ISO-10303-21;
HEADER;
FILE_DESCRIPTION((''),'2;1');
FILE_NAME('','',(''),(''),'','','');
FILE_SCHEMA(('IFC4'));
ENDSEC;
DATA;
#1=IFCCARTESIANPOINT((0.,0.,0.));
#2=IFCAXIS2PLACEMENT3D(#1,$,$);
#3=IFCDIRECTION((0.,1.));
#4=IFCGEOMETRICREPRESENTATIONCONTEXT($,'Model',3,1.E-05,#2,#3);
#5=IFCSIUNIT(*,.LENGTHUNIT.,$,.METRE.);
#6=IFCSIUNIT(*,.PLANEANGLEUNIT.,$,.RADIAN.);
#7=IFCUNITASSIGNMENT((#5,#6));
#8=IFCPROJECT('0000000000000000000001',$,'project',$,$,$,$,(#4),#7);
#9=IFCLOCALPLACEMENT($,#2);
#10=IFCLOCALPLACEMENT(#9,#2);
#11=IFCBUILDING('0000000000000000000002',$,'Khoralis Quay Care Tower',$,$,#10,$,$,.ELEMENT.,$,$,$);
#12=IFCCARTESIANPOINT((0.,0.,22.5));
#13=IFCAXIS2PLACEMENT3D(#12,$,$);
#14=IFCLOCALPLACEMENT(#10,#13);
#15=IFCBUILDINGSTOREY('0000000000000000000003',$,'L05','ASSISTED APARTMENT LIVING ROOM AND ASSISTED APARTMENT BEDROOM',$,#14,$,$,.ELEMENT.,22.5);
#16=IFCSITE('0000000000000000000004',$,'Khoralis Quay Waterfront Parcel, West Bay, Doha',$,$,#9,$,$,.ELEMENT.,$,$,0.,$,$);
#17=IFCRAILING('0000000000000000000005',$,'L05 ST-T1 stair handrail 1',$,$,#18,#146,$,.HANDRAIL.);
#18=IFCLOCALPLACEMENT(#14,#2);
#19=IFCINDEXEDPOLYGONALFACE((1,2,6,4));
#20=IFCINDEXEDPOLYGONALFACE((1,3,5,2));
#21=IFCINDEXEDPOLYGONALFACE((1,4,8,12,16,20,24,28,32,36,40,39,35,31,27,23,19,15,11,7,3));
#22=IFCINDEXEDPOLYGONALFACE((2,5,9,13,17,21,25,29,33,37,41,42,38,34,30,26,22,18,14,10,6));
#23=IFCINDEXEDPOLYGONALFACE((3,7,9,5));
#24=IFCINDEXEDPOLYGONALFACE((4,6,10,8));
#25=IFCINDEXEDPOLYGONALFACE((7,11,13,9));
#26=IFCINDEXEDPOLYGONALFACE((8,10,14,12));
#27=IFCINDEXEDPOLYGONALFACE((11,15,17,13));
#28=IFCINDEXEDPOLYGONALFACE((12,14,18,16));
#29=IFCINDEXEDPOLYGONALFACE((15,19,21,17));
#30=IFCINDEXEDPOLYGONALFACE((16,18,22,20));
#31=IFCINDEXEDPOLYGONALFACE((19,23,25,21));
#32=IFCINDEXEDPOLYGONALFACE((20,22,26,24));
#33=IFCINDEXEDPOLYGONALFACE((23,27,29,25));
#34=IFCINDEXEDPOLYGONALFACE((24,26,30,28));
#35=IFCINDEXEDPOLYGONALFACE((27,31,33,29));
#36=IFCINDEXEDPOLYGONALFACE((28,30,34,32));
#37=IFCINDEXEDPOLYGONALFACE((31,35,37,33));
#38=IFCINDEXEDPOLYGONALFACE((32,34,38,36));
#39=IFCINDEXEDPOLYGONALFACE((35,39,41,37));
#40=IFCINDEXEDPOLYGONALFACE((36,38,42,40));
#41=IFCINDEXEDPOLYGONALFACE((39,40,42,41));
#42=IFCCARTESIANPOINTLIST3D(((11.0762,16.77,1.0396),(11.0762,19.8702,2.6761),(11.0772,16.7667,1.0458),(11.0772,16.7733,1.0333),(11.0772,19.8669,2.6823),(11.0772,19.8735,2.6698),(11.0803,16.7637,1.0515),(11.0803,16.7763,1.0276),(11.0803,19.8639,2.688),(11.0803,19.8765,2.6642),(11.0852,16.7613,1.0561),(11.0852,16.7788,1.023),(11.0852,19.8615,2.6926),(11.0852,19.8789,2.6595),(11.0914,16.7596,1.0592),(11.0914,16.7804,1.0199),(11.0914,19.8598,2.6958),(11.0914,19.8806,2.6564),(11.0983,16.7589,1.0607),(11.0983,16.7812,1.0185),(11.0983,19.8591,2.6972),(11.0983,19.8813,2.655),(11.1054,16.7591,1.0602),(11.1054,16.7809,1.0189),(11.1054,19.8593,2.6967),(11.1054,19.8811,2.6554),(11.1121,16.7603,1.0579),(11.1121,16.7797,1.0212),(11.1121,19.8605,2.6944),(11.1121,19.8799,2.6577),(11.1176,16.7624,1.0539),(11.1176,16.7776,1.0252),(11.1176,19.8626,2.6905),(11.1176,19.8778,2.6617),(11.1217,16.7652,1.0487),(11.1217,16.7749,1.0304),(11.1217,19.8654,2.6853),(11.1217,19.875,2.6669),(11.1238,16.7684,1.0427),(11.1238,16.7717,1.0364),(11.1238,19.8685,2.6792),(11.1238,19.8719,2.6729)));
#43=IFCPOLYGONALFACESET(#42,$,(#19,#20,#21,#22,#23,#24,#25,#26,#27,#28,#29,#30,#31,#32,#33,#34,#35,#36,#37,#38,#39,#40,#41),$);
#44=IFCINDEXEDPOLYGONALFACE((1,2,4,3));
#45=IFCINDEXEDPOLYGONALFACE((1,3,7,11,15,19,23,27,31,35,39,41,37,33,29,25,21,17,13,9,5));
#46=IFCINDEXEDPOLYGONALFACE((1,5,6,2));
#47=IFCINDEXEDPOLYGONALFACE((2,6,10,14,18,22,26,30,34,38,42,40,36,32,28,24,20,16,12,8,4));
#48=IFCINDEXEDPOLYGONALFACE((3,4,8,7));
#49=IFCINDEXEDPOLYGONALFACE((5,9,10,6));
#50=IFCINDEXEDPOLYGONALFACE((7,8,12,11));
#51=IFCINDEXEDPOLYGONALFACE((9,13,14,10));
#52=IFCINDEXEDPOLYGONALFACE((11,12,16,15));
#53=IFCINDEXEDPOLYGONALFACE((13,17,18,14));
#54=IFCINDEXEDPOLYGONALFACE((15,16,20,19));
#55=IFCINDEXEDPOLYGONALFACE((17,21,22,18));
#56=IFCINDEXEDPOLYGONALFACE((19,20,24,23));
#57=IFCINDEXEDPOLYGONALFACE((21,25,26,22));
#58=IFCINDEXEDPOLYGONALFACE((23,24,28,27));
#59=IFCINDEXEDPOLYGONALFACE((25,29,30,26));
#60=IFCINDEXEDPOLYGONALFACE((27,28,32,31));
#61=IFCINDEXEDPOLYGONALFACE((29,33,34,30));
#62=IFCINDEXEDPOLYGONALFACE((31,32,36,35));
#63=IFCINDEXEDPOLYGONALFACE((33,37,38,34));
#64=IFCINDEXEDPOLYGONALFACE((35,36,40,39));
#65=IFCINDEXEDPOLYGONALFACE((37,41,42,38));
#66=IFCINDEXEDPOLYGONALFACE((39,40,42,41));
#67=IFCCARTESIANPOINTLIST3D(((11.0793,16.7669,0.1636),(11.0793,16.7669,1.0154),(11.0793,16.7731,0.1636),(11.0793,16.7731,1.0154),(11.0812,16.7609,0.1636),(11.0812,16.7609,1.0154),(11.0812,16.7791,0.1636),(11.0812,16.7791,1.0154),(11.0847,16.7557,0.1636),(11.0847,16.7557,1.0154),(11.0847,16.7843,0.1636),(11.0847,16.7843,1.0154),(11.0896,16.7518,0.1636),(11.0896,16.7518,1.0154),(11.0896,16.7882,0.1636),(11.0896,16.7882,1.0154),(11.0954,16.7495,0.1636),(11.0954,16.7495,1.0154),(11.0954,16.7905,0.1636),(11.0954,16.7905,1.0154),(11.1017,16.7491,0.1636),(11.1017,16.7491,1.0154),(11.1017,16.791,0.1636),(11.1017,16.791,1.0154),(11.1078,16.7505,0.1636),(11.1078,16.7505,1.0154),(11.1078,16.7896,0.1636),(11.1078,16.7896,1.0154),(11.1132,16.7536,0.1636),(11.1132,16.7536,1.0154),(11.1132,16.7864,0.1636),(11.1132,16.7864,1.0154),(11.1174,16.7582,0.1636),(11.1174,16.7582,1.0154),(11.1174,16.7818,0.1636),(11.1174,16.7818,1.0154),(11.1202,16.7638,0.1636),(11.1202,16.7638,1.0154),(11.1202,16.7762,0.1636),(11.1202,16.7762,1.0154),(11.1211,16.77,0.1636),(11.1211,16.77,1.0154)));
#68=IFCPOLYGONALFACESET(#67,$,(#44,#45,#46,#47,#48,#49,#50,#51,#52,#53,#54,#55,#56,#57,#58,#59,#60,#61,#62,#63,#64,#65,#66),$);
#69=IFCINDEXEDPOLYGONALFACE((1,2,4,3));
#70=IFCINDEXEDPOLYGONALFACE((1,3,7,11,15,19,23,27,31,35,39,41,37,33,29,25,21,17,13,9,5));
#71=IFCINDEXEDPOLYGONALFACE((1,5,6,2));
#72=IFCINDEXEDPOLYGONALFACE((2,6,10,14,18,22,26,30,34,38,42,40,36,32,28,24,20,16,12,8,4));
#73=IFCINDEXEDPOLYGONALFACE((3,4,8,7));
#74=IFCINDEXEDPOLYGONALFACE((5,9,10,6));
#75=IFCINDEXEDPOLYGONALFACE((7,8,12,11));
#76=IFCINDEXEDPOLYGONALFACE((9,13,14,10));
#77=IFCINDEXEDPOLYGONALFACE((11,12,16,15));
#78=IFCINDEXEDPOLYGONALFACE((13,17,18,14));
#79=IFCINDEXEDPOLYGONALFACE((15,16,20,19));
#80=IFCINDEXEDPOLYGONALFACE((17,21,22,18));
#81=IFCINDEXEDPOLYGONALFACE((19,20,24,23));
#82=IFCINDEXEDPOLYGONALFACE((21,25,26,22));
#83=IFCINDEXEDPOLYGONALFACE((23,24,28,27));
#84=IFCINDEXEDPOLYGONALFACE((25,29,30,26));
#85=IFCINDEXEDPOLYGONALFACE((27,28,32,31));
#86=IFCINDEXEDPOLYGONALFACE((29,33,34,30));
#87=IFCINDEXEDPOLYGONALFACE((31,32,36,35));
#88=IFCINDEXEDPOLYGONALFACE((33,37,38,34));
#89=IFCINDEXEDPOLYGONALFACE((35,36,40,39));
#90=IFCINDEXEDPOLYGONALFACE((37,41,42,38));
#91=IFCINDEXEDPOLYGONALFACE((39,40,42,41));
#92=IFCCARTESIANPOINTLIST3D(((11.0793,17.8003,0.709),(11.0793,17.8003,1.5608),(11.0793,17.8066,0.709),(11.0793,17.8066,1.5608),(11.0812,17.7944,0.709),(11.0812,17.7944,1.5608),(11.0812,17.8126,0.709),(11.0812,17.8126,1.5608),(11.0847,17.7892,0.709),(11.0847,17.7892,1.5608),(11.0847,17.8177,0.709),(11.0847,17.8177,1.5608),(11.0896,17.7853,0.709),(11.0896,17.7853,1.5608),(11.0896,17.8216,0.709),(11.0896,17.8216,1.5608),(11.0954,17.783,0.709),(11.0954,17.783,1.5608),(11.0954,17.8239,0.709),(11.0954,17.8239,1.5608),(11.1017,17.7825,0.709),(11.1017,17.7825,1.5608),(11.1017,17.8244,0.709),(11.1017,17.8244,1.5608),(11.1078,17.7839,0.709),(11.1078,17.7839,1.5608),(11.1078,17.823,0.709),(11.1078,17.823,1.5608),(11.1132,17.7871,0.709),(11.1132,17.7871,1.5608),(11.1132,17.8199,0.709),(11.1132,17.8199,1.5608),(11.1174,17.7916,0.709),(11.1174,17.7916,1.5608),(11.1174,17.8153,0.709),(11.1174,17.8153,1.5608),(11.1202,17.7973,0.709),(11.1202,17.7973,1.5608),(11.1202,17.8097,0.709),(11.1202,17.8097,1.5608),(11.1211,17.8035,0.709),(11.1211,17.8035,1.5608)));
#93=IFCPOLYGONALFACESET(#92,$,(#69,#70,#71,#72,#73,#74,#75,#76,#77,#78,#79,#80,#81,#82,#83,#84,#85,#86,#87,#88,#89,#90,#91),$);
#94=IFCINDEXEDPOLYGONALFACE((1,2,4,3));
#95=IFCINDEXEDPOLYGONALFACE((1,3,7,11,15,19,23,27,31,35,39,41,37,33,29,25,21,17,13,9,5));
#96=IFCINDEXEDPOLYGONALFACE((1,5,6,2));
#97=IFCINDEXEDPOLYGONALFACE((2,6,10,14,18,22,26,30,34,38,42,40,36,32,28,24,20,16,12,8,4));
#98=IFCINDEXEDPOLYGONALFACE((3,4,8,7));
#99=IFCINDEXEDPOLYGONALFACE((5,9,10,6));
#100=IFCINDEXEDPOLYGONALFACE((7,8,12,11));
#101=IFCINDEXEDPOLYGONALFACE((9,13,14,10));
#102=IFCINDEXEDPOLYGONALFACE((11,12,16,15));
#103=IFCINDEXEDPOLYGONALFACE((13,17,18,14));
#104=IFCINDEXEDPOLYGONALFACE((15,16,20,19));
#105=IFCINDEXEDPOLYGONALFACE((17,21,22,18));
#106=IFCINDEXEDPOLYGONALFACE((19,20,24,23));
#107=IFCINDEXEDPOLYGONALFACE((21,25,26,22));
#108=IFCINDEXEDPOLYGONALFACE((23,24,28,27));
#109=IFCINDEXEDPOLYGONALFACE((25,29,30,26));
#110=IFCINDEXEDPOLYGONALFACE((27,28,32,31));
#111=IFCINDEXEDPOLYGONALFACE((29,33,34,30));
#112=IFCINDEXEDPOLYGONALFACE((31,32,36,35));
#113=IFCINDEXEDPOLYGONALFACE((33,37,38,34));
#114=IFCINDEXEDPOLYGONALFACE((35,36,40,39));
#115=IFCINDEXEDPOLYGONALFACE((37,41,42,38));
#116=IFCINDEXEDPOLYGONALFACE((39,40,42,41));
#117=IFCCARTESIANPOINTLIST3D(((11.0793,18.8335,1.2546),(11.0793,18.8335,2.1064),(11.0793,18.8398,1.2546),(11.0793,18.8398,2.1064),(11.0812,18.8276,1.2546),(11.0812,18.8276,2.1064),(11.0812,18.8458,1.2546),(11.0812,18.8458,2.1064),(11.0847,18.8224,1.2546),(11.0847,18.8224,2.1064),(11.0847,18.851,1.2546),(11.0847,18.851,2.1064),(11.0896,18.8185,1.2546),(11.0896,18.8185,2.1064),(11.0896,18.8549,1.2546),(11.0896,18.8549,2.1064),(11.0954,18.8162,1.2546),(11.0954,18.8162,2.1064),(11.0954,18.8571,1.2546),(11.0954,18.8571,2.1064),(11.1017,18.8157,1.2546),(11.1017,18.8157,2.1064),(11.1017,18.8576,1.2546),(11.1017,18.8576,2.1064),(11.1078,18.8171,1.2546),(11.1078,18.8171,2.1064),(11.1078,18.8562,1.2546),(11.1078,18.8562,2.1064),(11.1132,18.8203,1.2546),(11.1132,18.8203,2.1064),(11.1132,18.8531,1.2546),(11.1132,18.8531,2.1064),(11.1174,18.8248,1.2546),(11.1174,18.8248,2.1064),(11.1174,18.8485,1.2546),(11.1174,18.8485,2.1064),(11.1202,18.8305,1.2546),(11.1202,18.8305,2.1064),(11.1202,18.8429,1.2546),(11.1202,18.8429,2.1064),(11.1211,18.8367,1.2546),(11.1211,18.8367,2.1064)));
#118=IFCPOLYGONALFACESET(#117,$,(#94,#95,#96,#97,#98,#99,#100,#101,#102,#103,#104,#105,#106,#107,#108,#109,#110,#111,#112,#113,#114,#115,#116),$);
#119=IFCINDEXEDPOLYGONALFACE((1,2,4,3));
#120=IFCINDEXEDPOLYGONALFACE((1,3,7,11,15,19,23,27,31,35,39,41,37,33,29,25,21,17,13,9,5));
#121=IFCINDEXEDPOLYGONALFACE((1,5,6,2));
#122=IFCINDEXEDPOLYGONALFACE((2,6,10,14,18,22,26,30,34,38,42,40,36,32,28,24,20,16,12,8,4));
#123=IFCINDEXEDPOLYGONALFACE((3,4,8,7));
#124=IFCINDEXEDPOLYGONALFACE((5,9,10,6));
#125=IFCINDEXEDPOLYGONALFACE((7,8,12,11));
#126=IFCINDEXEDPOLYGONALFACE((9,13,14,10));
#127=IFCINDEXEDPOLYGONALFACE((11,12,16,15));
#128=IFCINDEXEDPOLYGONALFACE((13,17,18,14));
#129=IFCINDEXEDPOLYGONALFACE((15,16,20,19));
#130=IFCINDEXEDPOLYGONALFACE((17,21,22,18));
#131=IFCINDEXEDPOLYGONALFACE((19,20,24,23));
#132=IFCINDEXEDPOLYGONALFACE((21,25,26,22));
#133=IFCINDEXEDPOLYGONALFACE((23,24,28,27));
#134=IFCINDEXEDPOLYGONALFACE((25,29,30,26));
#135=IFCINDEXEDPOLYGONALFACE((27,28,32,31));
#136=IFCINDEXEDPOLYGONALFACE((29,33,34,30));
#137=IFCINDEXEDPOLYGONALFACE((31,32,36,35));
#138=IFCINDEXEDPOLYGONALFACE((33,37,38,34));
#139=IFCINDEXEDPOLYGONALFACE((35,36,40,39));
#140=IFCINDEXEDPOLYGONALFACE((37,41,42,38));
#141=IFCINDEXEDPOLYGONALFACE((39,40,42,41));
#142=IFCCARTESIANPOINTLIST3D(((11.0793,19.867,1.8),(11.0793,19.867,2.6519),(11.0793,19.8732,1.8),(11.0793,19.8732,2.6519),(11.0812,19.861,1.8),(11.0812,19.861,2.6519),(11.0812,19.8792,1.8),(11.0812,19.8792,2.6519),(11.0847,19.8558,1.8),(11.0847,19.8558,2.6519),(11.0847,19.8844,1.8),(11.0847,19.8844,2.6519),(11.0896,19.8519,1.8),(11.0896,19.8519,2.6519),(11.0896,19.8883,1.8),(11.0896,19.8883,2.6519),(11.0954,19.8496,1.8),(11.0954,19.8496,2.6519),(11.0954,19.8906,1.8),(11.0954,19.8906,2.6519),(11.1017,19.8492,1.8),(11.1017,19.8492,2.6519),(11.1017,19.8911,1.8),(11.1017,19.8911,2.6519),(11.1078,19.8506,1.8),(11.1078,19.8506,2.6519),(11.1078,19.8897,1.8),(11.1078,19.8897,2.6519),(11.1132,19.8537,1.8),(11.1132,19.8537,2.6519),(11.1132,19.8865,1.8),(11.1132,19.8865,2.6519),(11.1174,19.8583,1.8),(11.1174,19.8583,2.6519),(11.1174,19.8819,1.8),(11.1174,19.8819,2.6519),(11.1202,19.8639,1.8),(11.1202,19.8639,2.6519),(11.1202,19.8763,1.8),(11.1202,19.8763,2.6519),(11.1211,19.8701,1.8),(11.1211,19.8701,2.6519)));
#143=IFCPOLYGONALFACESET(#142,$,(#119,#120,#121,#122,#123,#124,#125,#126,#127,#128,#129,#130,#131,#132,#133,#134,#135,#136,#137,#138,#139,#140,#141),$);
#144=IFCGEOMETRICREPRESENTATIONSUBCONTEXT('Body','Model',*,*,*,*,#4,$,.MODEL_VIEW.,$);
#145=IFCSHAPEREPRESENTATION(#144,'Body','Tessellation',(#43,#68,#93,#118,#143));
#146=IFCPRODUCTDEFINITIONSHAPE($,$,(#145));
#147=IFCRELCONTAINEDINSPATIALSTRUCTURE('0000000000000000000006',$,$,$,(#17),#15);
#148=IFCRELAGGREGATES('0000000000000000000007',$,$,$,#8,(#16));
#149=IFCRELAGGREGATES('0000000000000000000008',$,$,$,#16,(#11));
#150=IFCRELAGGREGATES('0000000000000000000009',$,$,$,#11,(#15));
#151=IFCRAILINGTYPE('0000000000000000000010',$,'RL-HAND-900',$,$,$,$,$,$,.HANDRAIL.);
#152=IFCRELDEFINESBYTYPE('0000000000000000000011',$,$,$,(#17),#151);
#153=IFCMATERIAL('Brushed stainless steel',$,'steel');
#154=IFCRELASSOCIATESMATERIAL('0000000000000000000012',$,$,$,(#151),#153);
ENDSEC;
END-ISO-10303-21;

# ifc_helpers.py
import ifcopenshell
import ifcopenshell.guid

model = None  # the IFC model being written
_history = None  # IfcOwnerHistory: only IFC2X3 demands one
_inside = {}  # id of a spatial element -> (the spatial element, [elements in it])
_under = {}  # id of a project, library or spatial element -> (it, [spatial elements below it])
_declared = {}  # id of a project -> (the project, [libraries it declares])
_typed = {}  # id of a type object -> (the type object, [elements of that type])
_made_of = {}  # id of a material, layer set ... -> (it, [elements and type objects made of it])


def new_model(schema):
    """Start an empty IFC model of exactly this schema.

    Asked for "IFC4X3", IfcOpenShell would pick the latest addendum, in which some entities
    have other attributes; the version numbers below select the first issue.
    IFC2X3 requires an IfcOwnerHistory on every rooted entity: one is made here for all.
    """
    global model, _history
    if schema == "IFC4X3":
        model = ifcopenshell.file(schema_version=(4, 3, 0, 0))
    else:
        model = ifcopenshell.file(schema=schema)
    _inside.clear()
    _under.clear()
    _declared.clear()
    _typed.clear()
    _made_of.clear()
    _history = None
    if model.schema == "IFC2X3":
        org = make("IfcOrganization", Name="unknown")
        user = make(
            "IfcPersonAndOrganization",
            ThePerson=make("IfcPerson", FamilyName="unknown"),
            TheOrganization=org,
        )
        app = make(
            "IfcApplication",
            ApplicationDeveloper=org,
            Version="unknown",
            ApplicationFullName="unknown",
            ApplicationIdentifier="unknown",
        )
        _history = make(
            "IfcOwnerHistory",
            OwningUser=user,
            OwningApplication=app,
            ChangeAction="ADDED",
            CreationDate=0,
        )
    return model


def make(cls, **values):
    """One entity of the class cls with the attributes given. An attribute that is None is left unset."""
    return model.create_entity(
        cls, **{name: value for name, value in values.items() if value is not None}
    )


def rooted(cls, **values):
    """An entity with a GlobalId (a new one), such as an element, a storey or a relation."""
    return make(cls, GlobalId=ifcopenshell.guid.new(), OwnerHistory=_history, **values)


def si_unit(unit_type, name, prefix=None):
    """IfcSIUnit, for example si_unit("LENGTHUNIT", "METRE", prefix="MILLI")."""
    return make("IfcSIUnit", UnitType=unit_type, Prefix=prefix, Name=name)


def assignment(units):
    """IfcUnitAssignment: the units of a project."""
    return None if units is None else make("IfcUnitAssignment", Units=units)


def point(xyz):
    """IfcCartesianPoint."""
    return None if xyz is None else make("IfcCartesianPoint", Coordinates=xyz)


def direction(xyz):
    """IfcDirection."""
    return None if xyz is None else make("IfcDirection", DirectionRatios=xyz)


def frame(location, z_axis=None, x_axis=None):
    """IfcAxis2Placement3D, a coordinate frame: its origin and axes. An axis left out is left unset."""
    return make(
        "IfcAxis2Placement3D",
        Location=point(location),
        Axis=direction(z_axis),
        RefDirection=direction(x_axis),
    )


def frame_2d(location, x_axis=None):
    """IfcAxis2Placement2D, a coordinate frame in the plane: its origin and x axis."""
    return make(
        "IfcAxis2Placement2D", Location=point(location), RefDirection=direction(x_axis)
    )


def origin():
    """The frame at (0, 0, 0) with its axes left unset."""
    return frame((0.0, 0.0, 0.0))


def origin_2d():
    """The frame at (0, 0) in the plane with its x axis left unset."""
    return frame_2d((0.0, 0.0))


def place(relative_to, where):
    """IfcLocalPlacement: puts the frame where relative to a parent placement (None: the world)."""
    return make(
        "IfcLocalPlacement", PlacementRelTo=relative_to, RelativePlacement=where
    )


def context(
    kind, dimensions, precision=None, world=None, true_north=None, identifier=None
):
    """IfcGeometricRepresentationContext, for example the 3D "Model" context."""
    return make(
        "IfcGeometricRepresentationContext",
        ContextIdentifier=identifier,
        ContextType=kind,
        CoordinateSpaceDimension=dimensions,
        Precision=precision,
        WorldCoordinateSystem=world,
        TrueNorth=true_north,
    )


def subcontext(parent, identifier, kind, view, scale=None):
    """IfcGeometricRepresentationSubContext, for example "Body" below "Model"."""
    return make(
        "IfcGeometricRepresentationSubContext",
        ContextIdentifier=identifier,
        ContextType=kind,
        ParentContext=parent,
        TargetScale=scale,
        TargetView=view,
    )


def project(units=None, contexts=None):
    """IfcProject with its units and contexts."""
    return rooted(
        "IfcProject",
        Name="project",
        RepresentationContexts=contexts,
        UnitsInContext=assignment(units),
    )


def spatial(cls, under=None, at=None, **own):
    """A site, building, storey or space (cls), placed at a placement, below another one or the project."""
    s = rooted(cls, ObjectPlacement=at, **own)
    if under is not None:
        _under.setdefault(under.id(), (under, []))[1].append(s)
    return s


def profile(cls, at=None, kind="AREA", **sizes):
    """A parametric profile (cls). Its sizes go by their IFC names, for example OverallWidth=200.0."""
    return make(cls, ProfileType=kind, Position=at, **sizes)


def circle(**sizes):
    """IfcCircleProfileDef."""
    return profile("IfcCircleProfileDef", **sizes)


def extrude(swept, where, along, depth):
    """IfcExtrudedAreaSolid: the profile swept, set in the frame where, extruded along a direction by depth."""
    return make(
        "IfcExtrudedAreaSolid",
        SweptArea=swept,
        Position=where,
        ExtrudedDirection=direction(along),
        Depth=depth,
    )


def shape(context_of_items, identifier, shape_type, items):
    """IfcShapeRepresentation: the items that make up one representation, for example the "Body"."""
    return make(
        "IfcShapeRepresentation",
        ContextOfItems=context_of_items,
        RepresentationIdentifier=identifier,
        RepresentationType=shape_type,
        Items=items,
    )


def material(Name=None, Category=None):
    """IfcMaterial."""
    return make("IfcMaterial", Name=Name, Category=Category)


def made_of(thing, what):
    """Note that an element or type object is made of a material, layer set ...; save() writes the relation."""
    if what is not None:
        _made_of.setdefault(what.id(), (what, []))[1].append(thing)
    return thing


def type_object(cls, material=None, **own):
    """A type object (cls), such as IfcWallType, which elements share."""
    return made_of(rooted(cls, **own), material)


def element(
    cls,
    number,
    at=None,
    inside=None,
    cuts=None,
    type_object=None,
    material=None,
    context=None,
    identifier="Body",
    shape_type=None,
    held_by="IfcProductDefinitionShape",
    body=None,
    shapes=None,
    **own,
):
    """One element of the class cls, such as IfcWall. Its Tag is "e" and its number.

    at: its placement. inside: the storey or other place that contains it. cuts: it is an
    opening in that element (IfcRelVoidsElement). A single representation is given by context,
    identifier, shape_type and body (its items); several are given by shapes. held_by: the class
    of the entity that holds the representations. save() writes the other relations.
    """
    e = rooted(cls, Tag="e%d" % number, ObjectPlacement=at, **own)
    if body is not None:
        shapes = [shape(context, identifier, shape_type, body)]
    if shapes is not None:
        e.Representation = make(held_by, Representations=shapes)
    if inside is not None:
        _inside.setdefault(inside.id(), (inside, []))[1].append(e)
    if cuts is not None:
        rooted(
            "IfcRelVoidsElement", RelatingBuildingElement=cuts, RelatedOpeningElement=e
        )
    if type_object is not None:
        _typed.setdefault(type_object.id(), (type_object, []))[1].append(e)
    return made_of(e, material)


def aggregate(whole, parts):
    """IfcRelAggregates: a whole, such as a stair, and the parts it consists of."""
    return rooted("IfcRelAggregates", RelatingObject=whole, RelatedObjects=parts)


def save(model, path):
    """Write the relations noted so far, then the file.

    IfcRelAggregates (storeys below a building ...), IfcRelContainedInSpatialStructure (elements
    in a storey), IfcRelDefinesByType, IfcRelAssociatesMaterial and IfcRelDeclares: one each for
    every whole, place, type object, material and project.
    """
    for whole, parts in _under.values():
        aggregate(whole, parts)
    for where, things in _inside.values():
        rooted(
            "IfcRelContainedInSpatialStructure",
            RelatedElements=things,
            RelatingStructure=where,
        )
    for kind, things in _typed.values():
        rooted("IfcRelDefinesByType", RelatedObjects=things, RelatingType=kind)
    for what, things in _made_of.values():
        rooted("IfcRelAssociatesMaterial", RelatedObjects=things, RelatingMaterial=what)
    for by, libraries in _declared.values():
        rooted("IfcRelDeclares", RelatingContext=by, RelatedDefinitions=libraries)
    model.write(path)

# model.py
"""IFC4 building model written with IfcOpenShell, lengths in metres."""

from ifc_helpers import new_model, si_unit, direction, frame, origin, origin_2d, place, context, subcontext, project, spatial, circle, extrude, material, type_object, element, save


model = new_model("IFC4")

# Units and contexts
model_context = context("Model", 3, precision=1e-05, world=origin(), true_north=direction((0.0, 1.0)))
body_context = subcontext(model_context, "Body", "Model", "MODEL_VIEW")
ifc_project = project(units=[si_unit("LENGTHUNIT", "METRE"), si_unit("PLANEANGLEUNIT", "RADIAN")], contexts=[model_context])

# Site, building, storey
site_placement = place(None, origin())
site = spatial("IfcSite", under=ifc_project, at=site_placement, Name="Khoralis Quay Waterfront Parcel, West Bay, Doha", CompositionType="ELEMENT", RefElevation=0.0)
building_placement = place(site_placement, origin())
building = spatial("IfcBuilding", under=site, at=building_placement, Name="Khoralis Quay Care Tower", CompositionType="ELEMENT")
storey_placement = place(building_placement, frame((0.0, 0.0, 22.5)))
storey = spatial("IfcBuildingStorey", under=building, at=storey_placement, Name="L05", Description="ASSISTED APARTMENT LIVING ROOM AND ASSISTED APARTMENT BEDROOM", CompositionType="ELEMENT", Elevation=22.5)

# Shared definitions
ifc_material_1 = material(Name="Brushed stainless steel", Category="steel")

# Railing
railing_type_1 = type_object("IfcRailingType", Name="RL-HAND-900", PredefinedType="HANDRAIL", material=ifc_material_1)
railing_1_placement = place(storey_placement, frame((11.1001, 16.77, 0.1636)))
element("IfcRailing", 1, at=railing_1_placement, inside=storey, type_object=railing_type_1, Name="L05 ST-T1 stair handrail 1", PredefinedType="HANDRAIL", context=body_context, shape_type="SweptSolid", body=[
    extrude(circle(Radius=0.0239, at=origin_2d()), frame((0.0, 0.0, 0.876), z_axis=(0.0, 0.884348, 0.466828), x_axis=(-1.0, 0.0, 0.0)), (0.0, 0.0, 1.0), 3.5056),
    extrude(circle(Radius=0.021, at=origin_2d()), origin(), (0.0, 0.0, 1.0), 0.8518),
    extrude(circle(Radius=0.021, at=origin_2d()), frame((0.0, 1.0334, 0.5454)), (0.0, 0.0, 1.0), 0.8518),
    extrude(circle(Radius=0.021, at=origin_2d()), frame((0.0, 2.0667, 1.0911)), (0.0, 0.0, 1.0), 0.8518),
    extrude(circle(Radius=0.021, at=origin_2d()), frame((0.0, 3.1001, 1.6365)), (0.0, 0.0, 1.0), 0.8518),
])

save(model, "model.ifc")
